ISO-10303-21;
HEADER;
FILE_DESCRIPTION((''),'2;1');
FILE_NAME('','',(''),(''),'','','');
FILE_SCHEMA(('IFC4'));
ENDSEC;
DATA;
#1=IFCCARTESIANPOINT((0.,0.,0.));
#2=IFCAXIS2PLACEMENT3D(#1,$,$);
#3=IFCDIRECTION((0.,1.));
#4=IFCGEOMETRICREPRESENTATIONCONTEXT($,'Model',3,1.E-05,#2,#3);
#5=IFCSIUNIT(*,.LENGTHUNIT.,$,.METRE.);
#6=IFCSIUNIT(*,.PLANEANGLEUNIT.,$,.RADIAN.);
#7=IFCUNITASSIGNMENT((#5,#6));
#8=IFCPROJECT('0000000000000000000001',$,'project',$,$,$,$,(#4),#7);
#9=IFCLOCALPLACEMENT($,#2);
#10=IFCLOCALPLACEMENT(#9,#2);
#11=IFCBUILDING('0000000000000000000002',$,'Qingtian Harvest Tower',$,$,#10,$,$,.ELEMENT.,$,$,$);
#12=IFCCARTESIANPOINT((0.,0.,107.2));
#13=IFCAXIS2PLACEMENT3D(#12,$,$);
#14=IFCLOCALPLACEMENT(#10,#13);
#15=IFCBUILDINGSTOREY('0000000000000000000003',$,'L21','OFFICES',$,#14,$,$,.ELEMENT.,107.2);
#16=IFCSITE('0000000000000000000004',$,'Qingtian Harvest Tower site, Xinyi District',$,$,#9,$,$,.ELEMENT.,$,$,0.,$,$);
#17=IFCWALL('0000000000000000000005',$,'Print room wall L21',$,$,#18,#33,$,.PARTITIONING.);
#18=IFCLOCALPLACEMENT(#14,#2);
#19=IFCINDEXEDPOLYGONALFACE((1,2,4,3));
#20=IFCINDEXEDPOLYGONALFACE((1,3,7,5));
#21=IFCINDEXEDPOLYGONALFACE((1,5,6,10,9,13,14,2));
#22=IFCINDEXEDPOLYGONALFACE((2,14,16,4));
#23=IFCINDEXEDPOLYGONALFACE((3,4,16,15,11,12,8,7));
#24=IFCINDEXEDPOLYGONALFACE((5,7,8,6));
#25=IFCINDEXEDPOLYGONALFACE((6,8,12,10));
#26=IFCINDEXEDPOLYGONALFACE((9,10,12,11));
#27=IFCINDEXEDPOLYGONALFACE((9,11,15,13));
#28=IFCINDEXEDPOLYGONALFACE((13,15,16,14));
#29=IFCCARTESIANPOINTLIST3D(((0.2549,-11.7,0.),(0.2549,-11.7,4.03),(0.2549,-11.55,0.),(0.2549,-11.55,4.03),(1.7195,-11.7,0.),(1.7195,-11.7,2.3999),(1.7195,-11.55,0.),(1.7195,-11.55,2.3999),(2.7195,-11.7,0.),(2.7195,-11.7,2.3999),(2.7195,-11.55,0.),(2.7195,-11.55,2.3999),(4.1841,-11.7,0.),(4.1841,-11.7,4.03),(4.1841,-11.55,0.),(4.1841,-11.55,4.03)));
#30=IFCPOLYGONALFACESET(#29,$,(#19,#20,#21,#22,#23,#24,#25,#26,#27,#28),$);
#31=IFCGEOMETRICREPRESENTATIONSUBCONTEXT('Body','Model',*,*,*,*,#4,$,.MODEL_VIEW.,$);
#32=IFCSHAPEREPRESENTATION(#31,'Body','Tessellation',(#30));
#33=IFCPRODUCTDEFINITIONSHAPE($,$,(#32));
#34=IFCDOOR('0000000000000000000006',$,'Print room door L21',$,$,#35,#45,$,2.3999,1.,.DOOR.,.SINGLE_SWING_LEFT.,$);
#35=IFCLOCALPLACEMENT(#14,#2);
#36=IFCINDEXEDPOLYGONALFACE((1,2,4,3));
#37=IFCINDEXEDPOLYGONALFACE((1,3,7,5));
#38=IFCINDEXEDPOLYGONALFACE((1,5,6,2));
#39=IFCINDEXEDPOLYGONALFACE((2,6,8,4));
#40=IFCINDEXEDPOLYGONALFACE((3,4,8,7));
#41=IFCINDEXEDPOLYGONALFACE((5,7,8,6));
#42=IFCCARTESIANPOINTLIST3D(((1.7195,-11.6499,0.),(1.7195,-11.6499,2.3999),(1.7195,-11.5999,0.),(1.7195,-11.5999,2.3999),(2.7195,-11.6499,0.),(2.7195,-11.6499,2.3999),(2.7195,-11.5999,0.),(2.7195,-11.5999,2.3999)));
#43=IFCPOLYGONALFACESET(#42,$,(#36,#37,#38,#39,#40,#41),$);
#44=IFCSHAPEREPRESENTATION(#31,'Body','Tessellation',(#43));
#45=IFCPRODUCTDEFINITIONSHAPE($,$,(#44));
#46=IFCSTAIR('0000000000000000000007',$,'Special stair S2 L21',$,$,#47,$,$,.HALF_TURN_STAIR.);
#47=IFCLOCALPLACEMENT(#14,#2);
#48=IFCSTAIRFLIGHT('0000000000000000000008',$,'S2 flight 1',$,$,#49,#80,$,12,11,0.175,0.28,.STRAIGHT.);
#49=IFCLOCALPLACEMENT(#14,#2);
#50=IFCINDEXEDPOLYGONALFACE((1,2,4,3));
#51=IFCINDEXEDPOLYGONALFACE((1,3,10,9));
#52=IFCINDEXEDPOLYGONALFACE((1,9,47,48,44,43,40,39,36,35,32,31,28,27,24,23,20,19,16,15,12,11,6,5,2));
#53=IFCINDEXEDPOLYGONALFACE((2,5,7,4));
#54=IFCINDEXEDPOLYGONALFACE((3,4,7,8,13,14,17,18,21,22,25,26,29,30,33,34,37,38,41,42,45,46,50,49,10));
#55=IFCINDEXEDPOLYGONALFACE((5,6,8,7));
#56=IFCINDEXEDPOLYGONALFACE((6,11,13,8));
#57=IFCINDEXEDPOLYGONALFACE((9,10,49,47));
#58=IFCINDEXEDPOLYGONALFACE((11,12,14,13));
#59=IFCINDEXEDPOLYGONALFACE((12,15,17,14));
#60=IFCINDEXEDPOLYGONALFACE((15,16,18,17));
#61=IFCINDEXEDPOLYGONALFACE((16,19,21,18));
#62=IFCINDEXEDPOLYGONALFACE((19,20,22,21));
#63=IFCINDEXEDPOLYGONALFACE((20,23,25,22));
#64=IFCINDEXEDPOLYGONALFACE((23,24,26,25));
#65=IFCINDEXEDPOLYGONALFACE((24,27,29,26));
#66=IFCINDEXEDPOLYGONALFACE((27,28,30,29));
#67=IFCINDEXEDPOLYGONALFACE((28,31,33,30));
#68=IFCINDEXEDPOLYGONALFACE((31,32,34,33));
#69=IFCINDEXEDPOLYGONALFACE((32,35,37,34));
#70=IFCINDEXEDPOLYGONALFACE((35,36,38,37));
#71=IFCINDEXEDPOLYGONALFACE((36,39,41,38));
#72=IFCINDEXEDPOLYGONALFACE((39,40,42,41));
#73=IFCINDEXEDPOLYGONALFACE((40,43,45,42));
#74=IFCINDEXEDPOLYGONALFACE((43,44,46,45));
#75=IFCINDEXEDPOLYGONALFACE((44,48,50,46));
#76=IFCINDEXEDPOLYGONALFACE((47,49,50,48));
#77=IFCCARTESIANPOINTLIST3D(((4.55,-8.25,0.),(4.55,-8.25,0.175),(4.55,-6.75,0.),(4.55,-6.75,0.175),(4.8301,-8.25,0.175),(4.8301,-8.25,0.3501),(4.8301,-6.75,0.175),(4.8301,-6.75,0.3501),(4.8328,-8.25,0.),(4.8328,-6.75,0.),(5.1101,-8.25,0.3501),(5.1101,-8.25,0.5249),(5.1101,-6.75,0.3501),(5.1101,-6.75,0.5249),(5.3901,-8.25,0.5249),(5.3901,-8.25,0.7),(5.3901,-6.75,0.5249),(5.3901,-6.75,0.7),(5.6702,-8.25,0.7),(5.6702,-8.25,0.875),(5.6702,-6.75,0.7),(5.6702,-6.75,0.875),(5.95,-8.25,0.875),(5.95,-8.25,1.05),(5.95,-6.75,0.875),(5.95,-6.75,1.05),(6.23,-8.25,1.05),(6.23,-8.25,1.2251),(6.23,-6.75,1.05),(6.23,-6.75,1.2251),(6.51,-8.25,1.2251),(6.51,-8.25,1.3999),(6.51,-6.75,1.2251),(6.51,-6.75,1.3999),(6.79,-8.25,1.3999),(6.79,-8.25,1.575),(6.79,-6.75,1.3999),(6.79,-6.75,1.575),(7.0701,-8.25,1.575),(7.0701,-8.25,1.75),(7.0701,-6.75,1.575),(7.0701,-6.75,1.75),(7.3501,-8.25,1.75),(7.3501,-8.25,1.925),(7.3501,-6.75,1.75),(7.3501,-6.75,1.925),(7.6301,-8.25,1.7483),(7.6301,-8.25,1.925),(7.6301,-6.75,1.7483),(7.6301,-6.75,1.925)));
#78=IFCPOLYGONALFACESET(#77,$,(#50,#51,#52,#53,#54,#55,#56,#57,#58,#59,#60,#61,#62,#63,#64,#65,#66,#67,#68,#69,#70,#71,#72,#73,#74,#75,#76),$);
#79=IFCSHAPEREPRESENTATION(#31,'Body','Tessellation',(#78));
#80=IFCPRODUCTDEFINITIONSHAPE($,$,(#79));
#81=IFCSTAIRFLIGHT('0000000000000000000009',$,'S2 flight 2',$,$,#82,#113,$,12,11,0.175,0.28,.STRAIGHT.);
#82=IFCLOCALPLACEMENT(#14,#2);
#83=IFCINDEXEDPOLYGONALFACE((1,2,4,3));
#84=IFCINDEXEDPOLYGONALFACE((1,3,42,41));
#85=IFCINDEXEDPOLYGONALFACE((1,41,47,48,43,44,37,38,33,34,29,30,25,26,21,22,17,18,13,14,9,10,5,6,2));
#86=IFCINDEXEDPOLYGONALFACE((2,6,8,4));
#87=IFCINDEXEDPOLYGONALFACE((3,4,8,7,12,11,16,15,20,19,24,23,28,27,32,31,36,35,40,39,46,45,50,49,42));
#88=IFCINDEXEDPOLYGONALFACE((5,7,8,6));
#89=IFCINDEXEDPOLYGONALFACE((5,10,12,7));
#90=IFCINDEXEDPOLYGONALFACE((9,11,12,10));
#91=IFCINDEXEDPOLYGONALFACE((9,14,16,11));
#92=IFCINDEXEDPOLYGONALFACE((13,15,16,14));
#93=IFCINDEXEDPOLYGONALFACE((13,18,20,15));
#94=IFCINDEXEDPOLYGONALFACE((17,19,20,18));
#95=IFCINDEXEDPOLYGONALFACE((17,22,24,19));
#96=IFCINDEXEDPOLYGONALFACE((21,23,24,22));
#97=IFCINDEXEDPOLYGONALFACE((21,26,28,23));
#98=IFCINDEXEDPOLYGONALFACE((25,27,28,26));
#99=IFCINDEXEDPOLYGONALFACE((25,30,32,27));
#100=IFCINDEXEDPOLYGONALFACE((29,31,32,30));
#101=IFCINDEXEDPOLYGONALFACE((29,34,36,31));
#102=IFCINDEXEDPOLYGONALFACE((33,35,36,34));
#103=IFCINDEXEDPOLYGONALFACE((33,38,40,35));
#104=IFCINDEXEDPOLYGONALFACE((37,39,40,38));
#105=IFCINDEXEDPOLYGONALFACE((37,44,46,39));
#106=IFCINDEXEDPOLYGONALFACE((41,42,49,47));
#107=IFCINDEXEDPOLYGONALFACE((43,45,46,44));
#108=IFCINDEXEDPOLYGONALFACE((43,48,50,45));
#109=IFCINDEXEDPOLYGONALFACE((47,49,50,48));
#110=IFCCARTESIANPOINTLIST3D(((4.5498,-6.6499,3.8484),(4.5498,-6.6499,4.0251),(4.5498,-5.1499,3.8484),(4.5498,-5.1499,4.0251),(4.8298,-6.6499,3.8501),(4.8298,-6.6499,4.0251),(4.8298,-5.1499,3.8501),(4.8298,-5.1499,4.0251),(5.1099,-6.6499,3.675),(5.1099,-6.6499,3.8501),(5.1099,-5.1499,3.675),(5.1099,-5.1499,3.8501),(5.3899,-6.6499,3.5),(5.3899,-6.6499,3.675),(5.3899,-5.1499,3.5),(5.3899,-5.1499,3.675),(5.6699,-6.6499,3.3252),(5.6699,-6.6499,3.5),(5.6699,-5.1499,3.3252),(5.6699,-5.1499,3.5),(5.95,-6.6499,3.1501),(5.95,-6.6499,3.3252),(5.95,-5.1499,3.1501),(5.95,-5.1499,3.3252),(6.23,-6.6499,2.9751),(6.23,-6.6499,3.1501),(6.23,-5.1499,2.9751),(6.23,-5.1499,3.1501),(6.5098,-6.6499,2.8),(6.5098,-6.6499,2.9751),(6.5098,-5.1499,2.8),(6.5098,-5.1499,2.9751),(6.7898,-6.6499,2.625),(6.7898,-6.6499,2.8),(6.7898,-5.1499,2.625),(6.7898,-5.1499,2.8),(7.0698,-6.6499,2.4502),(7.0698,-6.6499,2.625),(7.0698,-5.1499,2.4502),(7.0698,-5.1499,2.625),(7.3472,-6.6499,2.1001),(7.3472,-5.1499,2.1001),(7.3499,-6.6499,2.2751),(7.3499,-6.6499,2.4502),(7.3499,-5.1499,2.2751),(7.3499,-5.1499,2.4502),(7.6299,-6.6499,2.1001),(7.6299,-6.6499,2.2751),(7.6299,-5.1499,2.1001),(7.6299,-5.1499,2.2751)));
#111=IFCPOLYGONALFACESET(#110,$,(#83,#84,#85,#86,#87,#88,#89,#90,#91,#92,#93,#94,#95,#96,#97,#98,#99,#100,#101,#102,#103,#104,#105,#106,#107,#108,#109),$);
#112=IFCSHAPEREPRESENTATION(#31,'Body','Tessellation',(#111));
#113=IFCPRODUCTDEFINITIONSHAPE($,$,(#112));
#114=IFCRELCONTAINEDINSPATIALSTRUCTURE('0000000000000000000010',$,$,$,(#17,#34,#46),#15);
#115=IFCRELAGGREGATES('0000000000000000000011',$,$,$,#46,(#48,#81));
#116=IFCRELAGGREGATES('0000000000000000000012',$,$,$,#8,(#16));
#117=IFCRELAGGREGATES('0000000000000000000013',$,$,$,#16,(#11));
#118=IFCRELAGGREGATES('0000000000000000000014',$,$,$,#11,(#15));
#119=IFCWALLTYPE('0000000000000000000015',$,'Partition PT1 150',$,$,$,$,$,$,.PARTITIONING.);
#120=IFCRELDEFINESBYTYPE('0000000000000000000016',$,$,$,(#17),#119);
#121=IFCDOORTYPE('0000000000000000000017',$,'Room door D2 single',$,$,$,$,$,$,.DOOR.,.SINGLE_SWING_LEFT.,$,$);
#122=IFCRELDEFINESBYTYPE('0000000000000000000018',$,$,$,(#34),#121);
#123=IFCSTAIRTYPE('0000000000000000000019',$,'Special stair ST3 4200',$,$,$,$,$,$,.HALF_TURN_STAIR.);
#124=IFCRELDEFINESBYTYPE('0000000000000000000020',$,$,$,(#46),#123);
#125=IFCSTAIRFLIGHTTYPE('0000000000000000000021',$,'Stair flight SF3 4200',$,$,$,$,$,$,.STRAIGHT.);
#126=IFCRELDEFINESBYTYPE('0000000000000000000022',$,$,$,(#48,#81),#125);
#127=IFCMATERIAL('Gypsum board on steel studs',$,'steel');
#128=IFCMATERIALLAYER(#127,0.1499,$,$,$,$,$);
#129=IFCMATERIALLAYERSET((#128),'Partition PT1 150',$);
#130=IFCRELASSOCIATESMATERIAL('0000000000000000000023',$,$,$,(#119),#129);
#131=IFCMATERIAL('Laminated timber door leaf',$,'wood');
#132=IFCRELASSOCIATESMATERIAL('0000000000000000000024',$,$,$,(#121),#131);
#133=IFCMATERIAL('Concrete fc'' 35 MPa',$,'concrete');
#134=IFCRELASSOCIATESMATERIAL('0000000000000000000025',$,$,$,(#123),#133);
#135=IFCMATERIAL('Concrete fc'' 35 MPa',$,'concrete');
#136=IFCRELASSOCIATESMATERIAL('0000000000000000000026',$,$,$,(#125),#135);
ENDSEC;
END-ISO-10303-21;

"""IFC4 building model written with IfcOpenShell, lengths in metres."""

from ifc_helpers import new_model, si_unit, direction, frame, frame_2d, origin, place, context, subcontext, project, spatial, polyline, rectangle, outline, extrude, material, layer, layer_set, type_object, element, fill, aggregate, save


model = new_model("IFC4")

# Units and contexts
model_context = context("Model", 3, precision=1e-05, world=origin(), true_north=direction((0.0, 1.0)))
body_context = subcontext(model_context, "Body", "Model", "MODEL_VIEW")
ifc_project = project(units=[si_unit("LENGTHUNIT", "METRE"), si_unit("PLANEANGLEUNIT", "RADIAN")], contexts=[model_context])

# Site, building, storey
site_placement = place(None, origin())
site = spatial("IfcSite", under=ifc_project, at=site_placement, Name="Qingtian Harvest Tower site, Xinyi District", CompositionType="ELEMENT", RefElevation=0.0)
building_placement = place(site_placement, origin())
building = spatial("IfcBuilding", under=site, at=building_placement, Name="Qingtian Harvest Tower", CompositionType="ELEMENT")
storey_placement = place(building_placement, frame((0.0, 0.0, 107.2)))
storey = spatial("IfcBuildingStorey", under=building, at=storey_placement, Name="L21", Description="OFFICES", CompositionType="ELEMENT", Elevation=107.2)

# Wall, opening, door
ifc_material_1 = material(Name="Gypsum board on steel studs", Category="steel")
ifc_layer_1 = layer(ifc_material_1, 0.1499)
ifc_layer_set_1 = layer_set([ifc_layer_1], Name="Partition PT1 150")
wall_type_1 = type_object("IfcWallType", Name="Partition PT1 150", PredefinedType="PARTITIONING", material=ifc_layer_set_1)
ifc_material_2 = material(Name="Laminated timber door leaf", Category="wood")
door_type_1 = type_object("IfcDoorType", Name="Room door D2 single", OperationType="SINGLE_SWING_LEFT", PredefinedType="DOOR", material=ifc_material_2)
wall_1_placement = place(storey_placement, frame((4.1841, -11.625, 0.0), z_axis=(0.0, 0.0, 1.0), x_axis=(-1.0, 0.0, 0.0)))
wall_1 = element("IfcWall", 1, at=wall_1_placement, inside=storey, type_object=wall_type_1, Name="Print room wall L21", PredefinedType="PARTITIONING", context=body_context, shape_type="SweptSolid", body=[
    extrude(rectangle(XDim=3.9292, YDim=0.1499, at=frame_2d((1.9646, 0.0))), origin(), (0.0, 0.0, 1.0), 4.03),
])
opening_1_placement = place(wall_1_placement, frame((1.4646, 0.0, 0.0)))
opening_1 = element("IfcOpeningElement", 2, at=opening_1_placement, cuts=wall_1, PredefinedType="OPENING", context=body_context, shape_type="SweptSolid", body=[
    extrude(rectangle(XDim=1.0, YDim=2.3999, at=frame_2d((0.5, 1.2))), frame((0.0, 0.085, 0.0), z_axis=(0.0, -1.0, 0.0), x_axis=(1.0, 0.0, 0.0)), (0.0, 0.0, 1.0), 0.1699),
])
door_1_placement = place(opening_1_placement, origin())
door_1 = element("IfcDoor", 3, at=door_1_placement, inside=storey, type_object=door_type_1, Name="Print room door L21", OperationType="SINGLE_SWING_LEFT", OverallHeight=2.3999, OverallWidth=1.0, PredefinedType="DOOR", context=body_context, shape_type="SweptSolid", body=[
    extrude(rectangle(XDim=1.0, YDim=2.3999, at=frame_2d((0.5, 1.2))), frame((0.0, 0.0249, 0.0), z_axis=(0.0, -1.0, 0.0), x_axis=(1.0, 0.0, 0.0)), (0.0, 0.0, 1.0), 0.05),
])
fill(opening_1, door_1)

# Stair, stair flights
ifc_material_3 = material(Name="Concrete fc' 35 MPa", Category="concrete")
stair_type = type_object("IfcStairType", Name="Special stair ST3 4200", PredefinedType="HALF_TURN_STAIR", material=ifc_material_3)
stair_placement = place(storey_placement, origin())
stair = element("IfcStair", 4, at=stair_placement, inside=storey, type_object=stair_type, Name="Special stair S2 L21", PredefinedType="HALF_TURN_STAIR")
ifc_material_4 = material(Name="Concrete fc' 35 MPa", Category="concrete")
stair_flight_type = type_object("IfcStairFlightType", Name="Stair flight SF3 4200", PredefinedType="STRAIGHT", material=ifc_material_4)
stair_flight_1_placement = place(storey_placement, frame((4.55, -7.5, 0.0), z_axis=(0.0, 0.0, 1.0), x_axis=(1.0, 0.0, 0.0)))
stair_flight_1 = element("IfcStairFlight", 5, at=stair_flight_1_placement, type_object=stair_flight_type, Name="S2 flight 1", NumberOfRisers=12, NumberOfTreads=11, PredefinedType="STRAIGHT", RiserHeight=0.175, TreadLength=0.28, context=body_context, shape_type="SweptSolid", body=[
    extrude(outline(polyline([(0.0, 0.0), (0.0, 0.175), (0.28, 0.175), (0.28, 0.3501), (0.5601, 0.3501), (0.5601, 0.5249), (0.8401, 0.5249), (0.8401, 0.7), (1.1201, 0.7), (1.1201, 0.875), (1.3999, 0.875), (1.3999, 1.05), (1.6799, 1.05), (1.6799, 1.2251), (1.96, 1.2251), (1.96, 1.3999), (2.24, 1.3999), (2.24, 1.575), (2.52, 1.575), (2.52, 1.75), (2.8, 1.75), (2.8, 1.925), (3.0801, 1.925), (3.0801, 2.1001), (3.0801, 1.7483), (0.2827, 0.0), (0.0, 0.0)])), frame((0.0, 0.75, 0.0), z_axis=(0.0, -1.0, 0.0), x_axis=(1.0, 0.0, 0.0)), (0.0, 0.0, 1.0), 1.5),
])
stair_flight_2_placement = place(storey_placement, frame((7.6299, -5.8999, 2.1001), z_axis=(0.0, 0.0, 1.0), x_axis=(-1.0, 0.0, 0.0)))
stair_flight_2 = element("IfcStairFlight", 6, at=stair_flight_2_placement, type_object=stair_flight_type, Name="S2 flight 2", NumberOfRisers=12, NumberOfTreads=11, PredefinedType="STRAIGHT", RiserHeight=0.175, TreadLength=0.28, context=body_context, shape_type="SweptSolid", body=[
    extrude(outline(polyline([(0.0, 0.0), (0.0, 0.175), (0.28, 0.175), (0.28, 0.3501), (0.5601, 0.3501), (0.5601, 0.5249), (0.8401, 0.5249), (0.8401, 0.7), (1.1201, 0.7), (1.1201, 0.875), (1.3999, 0.875), (1.3999, 1.05), (1.6799, 1.05), (1.6799, 1.2251), (1.96, 1.2251), (1.96, 1.3999), (2.24, 1.3999), (2.24, 1.575), (2.52, 1.575), (2.52, 1.75), (2.8, 1.75), (2.8, 1.925), (3.0801, 1.925), (3.0801, 2.1001), (3.0801, 1.7483), (0.2827, 0.0), (0.0, 0.0)])), frame((0.0, 0.75, 0.0), z_axis=(0.0, -1.0, 0.0), x_axis=(1.0, 0.0, 0.0)), (0.0, 0.0, 1.0), 1.5),
])
aggregate(stair, [stair_flight_1, stair_flight_2])

save(model, "model.ifc")
